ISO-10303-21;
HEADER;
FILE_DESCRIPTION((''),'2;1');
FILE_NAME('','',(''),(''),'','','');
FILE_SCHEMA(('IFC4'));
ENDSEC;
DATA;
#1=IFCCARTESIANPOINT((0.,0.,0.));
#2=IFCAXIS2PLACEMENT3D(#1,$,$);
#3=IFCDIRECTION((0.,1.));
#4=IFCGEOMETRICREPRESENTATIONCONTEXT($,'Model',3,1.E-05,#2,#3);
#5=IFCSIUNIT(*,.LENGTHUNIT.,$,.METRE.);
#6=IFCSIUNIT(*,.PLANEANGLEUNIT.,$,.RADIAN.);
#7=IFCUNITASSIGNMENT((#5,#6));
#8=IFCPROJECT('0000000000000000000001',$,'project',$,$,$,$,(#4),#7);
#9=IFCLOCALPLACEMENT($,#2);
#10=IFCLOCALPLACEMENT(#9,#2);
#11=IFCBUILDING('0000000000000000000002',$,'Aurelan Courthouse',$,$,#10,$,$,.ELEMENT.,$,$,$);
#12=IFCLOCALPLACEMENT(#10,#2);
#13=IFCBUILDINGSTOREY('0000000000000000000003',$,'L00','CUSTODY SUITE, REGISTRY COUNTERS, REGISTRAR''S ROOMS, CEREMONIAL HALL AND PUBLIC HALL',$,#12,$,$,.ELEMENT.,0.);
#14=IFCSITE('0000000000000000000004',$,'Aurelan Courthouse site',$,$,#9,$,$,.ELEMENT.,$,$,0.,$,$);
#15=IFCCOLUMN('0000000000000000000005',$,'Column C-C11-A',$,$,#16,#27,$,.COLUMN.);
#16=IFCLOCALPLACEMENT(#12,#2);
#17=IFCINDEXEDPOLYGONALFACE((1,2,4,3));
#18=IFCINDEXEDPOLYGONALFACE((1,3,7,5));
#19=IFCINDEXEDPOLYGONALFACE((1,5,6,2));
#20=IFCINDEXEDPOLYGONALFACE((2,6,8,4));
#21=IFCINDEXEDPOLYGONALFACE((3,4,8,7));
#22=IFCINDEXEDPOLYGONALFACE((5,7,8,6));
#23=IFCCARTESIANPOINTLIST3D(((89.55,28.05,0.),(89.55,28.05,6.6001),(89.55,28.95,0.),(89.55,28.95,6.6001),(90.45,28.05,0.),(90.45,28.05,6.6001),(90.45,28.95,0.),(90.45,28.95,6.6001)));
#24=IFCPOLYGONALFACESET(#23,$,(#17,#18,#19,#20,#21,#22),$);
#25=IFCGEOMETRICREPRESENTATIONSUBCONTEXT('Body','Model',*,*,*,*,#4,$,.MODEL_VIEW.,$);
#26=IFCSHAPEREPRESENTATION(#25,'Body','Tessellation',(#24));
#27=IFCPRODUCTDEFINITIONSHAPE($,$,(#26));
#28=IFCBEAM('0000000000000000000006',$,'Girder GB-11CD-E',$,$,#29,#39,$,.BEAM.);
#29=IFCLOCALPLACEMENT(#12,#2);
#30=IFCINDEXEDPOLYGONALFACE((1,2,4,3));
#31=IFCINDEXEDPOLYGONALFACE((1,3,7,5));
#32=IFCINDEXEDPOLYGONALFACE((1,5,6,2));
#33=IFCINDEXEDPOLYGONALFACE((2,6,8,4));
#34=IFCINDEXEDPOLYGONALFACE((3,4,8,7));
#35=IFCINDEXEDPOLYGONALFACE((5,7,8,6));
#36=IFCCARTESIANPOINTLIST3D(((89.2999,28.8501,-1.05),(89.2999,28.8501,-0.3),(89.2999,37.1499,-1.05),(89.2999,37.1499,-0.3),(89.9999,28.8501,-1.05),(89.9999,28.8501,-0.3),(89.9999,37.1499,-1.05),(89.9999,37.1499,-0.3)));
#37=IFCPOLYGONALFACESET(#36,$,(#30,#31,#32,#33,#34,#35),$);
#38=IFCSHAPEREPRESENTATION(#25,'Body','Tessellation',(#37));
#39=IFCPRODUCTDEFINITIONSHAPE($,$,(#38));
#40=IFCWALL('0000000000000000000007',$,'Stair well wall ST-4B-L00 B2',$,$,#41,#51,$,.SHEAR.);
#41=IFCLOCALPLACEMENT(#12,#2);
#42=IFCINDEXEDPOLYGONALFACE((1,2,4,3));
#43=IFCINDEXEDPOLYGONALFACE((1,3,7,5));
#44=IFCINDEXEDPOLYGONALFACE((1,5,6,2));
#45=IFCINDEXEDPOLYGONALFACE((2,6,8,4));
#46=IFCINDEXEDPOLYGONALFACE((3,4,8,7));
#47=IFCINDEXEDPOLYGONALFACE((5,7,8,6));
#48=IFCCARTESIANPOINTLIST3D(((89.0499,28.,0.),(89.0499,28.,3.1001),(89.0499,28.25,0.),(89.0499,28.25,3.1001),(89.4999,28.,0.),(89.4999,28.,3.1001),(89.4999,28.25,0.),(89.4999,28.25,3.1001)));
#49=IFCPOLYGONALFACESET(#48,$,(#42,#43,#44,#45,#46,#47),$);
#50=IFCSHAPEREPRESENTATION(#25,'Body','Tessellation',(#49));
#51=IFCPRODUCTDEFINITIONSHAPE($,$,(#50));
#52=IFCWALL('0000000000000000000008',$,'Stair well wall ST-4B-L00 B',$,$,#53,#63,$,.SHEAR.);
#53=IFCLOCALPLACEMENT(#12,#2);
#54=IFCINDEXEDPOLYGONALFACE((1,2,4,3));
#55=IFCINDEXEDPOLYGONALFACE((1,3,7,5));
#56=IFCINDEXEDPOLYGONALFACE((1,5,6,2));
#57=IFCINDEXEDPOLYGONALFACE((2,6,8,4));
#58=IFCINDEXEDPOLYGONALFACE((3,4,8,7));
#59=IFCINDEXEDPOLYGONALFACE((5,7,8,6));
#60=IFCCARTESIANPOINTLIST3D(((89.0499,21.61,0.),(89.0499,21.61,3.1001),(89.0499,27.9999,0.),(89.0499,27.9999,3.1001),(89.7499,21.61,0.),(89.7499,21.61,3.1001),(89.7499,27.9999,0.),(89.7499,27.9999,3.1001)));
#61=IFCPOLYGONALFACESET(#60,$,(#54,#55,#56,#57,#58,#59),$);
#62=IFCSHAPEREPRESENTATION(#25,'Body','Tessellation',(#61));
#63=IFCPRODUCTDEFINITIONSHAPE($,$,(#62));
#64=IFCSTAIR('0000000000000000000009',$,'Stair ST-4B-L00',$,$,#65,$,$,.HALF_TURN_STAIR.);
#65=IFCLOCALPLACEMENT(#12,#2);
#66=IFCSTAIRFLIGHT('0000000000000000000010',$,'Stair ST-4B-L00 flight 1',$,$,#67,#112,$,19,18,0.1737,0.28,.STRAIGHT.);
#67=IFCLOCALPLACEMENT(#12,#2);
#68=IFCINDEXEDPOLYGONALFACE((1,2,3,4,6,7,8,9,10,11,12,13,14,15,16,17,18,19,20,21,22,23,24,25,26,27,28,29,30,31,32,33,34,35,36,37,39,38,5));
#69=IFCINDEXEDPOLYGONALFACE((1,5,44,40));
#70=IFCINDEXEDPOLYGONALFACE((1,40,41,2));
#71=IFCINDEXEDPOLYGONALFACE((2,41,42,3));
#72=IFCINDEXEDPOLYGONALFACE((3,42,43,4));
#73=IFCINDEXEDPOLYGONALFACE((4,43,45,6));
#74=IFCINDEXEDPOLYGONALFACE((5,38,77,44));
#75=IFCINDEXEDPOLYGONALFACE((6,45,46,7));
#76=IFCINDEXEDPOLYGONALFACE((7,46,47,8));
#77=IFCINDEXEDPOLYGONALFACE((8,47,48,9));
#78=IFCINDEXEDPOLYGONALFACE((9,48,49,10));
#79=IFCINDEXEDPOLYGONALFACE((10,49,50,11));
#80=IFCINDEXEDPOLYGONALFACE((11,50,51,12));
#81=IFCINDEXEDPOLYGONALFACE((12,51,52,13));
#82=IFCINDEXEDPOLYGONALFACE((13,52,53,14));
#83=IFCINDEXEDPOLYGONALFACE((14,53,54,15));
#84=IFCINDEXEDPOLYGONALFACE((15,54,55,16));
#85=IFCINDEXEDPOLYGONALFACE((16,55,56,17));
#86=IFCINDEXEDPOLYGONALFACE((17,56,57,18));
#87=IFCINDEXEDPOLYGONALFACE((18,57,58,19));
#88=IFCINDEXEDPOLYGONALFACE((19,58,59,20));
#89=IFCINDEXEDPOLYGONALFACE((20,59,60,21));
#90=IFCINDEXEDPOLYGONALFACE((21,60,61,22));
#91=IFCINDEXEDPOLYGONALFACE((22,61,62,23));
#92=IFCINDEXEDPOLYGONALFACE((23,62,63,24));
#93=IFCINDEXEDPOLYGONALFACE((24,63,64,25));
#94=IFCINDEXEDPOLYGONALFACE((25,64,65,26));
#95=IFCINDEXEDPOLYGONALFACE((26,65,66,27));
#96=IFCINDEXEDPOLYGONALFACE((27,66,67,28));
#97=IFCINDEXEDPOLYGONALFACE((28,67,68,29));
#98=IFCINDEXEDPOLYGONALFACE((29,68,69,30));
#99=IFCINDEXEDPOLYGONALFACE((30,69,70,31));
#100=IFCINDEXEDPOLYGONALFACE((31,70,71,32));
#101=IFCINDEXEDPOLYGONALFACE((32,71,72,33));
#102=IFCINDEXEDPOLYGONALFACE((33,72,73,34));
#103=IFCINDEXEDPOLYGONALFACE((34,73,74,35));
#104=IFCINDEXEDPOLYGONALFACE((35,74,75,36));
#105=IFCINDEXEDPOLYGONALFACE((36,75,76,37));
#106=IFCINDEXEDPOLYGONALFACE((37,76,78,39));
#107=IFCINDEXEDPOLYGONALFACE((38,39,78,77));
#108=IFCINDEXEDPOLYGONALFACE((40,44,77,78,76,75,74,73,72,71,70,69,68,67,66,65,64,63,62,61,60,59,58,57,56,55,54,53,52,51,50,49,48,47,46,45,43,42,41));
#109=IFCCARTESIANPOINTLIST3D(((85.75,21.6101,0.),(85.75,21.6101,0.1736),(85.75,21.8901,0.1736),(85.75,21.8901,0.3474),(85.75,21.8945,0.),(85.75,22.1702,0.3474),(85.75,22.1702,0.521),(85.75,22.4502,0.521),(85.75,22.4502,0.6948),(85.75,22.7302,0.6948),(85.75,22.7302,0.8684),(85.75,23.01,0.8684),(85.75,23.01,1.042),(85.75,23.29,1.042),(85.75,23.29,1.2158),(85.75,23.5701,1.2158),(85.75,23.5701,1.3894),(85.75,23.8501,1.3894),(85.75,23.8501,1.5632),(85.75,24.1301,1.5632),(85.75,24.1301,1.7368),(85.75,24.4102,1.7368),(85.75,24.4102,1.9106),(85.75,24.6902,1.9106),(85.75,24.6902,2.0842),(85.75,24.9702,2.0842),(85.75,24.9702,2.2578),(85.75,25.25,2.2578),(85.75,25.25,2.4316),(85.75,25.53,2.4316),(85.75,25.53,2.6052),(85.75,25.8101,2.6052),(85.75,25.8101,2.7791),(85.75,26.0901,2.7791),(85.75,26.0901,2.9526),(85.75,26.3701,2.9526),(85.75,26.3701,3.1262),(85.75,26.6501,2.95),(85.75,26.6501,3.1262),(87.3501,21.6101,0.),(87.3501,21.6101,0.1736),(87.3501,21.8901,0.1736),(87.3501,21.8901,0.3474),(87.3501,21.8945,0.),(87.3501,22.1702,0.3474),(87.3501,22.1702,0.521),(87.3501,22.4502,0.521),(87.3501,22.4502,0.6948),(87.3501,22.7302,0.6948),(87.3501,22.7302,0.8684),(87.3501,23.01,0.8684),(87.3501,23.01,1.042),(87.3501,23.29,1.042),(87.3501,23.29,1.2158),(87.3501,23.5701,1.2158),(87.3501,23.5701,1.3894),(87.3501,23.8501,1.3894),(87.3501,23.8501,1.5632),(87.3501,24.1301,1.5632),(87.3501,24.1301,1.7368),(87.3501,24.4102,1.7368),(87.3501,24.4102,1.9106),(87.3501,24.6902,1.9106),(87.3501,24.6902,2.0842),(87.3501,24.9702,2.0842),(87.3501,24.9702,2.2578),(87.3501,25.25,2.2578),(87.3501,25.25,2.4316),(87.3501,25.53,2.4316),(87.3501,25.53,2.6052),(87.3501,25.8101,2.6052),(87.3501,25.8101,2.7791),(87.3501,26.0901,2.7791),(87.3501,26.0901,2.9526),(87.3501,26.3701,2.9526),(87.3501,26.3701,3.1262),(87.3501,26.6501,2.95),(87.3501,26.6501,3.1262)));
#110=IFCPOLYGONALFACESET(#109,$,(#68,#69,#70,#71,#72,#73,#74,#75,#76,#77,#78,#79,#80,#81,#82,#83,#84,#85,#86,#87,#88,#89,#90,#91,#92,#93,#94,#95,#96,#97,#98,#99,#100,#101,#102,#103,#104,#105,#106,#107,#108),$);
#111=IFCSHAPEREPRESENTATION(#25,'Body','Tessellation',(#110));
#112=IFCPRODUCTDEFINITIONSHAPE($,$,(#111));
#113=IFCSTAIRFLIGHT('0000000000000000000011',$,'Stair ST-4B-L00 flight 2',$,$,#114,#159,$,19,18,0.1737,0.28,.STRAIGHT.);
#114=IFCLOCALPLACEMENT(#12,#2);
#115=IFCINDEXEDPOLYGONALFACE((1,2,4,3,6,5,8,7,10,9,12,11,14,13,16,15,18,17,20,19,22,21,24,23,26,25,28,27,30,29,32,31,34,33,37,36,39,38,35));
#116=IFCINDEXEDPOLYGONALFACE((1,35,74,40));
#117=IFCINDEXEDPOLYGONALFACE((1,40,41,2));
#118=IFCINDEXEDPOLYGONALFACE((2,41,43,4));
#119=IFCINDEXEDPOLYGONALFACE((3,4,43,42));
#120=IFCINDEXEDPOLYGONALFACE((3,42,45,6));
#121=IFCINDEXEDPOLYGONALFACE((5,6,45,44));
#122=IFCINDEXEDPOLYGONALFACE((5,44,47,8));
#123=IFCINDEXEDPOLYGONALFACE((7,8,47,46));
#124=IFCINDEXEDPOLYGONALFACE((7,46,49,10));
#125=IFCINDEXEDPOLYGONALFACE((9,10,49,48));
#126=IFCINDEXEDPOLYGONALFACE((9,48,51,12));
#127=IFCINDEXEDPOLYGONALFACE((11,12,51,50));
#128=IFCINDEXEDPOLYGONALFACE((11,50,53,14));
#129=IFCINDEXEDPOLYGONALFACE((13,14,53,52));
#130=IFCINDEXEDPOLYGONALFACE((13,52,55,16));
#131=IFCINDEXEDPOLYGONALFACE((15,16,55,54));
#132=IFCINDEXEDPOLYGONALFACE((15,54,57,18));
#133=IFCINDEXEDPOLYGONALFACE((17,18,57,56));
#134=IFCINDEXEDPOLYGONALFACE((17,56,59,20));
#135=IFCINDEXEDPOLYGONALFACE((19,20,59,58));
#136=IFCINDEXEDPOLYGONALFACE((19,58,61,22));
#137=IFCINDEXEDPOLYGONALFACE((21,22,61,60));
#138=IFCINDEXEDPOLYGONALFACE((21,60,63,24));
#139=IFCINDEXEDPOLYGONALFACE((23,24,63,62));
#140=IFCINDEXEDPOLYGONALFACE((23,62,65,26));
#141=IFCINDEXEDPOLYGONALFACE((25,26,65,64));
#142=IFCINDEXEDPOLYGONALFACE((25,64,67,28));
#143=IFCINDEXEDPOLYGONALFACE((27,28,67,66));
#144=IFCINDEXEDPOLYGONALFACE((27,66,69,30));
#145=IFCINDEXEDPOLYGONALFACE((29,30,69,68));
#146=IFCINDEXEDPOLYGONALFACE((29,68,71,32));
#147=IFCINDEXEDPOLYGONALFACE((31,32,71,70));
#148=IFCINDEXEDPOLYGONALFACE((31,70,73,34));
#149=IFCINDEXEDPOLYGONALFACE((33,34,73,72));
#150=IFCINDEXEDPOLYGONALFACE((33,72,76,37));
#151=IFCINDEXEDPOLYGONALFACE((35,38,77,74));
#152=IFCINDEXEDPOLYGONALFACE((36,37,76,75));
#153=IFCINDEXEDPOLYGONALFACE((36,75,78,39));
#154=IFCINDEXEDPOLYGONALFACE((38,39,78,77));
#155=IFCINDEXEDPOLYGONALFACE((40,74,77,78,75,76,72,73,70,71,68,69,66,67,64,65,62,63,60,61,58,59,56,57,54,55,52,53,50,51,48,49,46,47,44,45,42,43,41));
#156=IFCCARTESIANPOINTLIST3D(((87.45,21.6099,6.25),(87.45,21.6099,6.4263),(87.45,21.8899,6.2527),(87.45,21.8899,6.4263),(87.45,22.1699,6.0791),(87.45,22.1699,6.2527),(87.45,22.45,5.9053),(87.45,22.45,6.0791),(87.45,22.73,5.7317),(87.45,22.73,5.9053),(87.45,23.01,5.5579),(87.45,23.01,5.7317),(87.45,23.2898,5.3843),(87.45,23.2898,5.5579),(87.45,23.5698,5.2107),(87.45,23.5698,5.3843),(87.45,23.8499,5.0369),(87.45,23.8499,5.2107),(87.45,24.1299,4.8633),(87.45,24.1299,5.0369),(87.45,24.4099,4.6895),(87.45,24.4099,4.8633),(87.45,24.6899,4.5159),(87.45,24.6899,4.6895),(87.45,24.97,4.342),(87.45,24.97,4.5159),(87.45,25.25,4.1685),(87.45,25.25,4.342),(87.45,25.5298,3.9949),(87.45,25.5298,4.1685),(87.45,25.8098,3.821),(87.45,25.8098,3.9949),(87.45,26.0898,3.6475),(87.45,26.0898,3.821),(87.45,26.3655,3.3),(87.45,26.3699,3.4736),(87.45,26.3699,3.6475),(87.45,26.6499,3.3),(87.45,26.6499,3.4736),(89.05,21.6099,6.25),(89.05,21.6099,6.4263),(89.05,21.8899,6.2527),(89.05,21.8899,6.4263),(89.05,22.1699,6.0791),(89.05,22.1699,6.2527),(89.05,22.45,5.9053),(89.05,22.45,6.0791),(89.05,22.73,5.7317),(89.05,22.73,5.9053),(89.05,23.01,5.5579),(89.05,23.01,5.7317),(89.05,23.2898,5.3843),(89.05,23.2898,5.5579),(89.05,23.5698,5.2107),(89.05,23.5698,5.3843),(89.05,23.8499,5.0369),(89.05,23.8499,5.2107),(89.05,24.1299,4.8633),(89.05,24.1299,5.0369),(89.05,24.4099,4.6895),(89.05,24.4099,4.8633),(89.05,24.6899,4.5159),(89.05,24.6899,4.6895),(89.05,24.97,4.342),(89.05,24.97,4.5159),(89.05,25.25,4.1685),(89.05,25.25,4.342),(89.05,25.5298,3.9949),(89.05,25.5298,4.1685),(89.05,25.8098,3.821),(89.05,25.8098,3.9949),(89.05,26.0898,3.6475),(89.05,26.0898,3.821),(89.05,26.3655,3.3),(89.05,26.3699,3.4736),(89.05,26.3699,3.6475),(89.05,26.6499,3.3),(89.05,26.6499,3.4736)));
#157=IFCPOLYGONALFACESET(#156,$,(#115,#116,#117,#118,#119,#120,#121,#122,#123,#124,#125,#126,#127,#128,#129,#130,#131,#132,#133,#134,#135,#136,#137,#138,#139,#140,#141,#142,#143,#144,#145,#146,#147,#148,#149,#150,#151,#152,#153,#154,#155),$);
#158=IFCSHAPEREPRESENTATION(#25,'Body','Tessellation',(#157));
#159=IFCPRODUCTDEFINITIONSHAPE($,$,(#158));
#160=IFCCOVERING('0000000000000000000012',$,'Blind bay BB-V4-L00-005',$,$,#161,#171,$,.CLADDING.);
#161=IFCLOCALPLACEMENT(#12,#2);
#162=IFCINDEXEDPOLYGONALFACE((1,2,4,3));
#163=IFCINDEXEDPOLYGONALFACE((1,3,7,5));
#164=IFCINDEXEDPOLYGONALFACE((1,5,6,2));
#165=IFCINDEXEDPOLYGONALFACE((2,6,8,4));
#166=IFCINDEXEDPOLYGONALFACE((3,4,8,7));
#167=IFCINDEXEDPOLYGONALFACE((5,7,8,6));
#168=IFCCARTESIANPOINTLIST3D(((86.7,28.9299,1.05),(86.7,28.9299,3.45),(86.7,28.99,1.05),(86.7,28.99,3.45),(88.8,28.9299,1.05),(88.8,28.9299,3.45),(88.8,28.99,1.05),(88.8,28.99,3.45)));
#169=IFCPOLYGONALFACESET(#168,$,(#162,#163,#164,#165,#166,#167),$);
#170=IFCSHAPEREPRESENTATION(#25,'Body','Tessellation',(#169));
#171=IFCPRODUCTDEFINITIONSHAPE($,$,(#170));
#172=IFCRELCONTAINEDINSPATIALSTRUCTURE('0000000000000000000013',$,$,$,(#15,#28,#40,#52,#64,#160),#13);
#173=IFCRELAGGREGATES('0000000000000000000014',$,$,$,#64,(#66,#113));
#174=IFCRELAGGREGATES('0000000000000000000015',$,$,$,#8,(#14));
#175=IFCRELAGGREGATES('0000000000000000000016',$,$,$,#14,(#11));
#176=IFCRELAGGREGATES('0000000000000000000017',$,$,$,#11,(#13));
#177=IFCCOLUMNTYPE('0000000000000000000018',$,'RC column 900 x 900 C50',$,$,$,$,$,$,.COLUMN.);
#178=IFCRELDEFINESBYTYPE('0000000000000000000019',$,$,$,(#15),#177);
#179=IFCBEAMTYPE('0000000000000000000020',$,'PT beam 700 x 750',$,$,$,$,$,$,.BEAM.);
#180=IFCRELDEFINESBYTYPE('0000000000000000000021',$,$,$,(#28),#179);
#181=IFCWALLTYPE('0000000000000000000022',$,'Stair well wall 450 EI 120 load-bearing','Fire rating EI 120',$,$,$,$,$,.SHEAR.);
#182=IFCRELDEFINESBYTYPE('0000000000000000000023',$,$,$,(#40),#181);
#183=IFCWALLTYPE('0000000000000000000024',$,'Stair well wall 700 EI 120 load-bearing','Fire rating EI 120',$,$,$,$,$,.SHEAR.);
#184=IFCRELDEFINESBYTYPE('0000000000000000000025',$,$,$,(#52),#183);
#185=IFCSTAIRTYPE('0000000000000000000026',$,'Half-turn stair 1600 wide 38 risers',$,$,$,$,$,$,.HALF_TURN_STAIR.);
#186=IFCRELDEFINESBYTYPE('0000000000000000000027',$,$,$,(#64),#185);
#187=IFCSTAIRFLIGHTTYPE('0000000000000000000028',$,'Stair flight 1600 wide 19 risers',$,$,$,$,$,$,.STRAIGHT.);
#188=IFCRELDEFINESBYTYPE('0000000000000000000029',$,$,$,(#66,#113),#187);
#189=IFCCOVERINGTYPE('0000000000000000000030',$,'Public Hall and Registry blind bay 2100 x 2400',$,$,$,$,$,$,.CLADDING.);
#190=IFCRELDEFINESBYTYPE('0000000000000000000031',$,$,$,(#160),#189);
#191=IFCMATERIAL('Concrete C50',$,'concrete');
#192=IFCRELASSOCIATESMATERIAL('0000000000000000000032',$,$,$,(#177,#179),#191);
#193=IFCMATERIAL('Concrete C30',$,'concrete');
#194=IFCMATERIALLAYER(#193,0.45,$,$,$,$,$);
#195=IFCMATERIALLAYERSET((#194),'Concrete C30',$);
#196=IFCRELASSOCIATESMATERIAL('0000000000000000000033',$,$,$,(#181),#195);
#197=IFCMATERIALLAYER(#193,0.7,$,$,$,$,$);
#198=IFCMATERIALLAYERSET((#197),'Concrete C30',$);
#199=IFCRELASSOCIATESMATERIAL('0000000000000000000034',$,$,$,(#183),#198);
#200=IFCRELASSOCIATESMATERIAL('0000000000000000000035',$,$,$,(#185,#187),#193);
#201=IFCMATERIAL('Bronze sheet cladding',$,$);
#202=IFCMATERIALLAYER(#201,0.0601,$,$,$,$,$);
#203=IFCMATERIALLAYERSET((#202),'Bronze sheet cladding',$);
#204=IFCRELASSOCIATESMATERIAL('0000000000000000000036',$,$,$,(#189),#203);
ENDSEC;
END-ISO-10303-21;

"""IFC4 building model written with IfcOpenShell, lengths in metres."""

from ifc_helpers import new_model, si_unit, direction, frame, frame_2d, origin, origin_2d, place, context, subcontext, project, spatial, polyline, rectangle, outline, extrude, material, layer, layer_set, material_profile, profile_set, type_object, element, aggregate, save


model = new_model("IFC4")

# Units and contexts
model_context = context("Model", 3, precision=1e-05, world=origin(), true_north=direction((0.0, 1.0)))
body_context = subcontext(model_context, "Body", "Model", "MODEL_VIEW")
ifc_project = project(units=[si_unit("LENGTHUNIT", "METRE"), si_unit("PLANEANGLEUNIT", "RADIAN")], contexts=[model_context])

# Site, building, storey
site_placement = place(None, origin())
site = spatial("IfcSite", under=ifc_project, at=site_placement, Name="Aurelan Courthouse site", CompositionType="ELEMENT", RefElevation=0.0)
building_placement = place(site_placement, origin())
building = spatial("IfcBuilding", under=site, at=building_placement, Name="Aurelan Courthouse", CompositionType="ELEMENT")
storey_placement = place(building_placement, origin())
storey = spatial("IfcBuildingStorey", under=building, at=storey_placement, Name="L00", Description="CUSTODY SUITE, REGISTRY COUNTERS, REGISTRAR'S ROOMS, CEREMONIAL HALL AND PUBLIC HALL", CompositionType="ELEMENT", Elevation=0.0)

# Column
ifc_material_1 = material(Name="Concrete C50", Category="concrete")
ifc_material_profile_1 = material_profile(ifc_material_1, rectangle(XDim=0.8999, YDim=0.8999, at=origin_2d()), Name="RC 900 x 900")
ifc_profile_set_1 = profile_set([ifc_material_profile_1], Name="Concrete C50")
column_type = type_object("IfcColumnType", Name="RC column 900 x 900 C50", PredefinedType="COLUMN", material=ifc_profile_set_1)
column_placement = place(storey_placement, frame((90.0, 28.5, 0.0), z_axis=(0.0, 0.0, 1.0), x_axis=(1.0, 0.0, 0.0)))
element("IfcColumn", 1, at=column_placement, inside=storey, type_object=column_type, Name="Column C-C11-A", PredefinedType="COLUMN", context=body_context, shape_type="SweptSolid", body=[
    extrude(rectangle(XDim=0.8999, YDim=0.8999, at=origin_2d()), origin(), (0.0, 0.0, 1.0), 6.6001),
])

# Beam
ifc_material_profile_2 = material_profile(ifc_material_1, rectangle(XDim=0.7, YDim=0.75, at=origin_2d()), Name="RC 700 x 750")
ifc_profile_set_2 = profile_set([ifc_material_profile_2], Name="Concrete C50")
beam_type = type_object("IfcBeamType", Name="PT beam 700 x 750", PredefinedType="BEAM", material=ifc_profile_set_2)
beam_placement = place(storey_placement, frame((89.6499, 28.8501, -0.675), z_axis=(0.0, 1.0, 0.0), x_axis=(-1.0, 0.0, 0.0)))
element("IfcBeam", 2, at=beam_placement, inside=storey, type_object=beam_type, Name="Girder GB-11CD-E", PredefinedType="BEAM", context=body_context, shape_type="SweptSolid", body=[
    extrude(rectangle(XDim=0.7, YDim=0.75, at=origin_2d()), origin(), (0.0, 0.0, 1.0), 8.2998),
])

# Walls
ifc_material_2 = material(Name="Concrete C30", Category="concrete")
ifc_layer_1 = layer(ifc_material_2, 0.45)
ifc_layer_set_1 = layer_set([ifc_layer_1], Name="Concrete C30")
wall_type_1 = type_object("IfcWallType", Name="Stair well wall 450 EI 120 load-bearing", Description="Fire rating EI 120", PredefinedType="SHEAR", material=ifc_layer_set_1)
wall_1_placement = place(storey_placement, frame((89.2749, 28.0, 0.0), z_axis=(0.0, 0.0, 1.0), x_axis=(0.0, 1.0, 0.0)))
element("IfcWall", 3, at=wall_1_placement, inside=storey, type_object=wall_type_1, Name="Stair well wall ST-4B-L00 B2", PredefinedType="SHEAR", context=body_context, shape_type="SweptSolid", body=[
    extrude(rectangle(XDim=0.25, YDim=0.45, at=frame_2d((0.125, 0.0))), origin(), (0.0, 0.0, 1.0), 3.1001),
])
ifc_layer_2 = layer(ifc_material_2, 0.7)
ifc_layer_set_2 = layer_set([ifc_layer_2], Name="Concrete C30")
wall_type_2 = type_object("IfcWallType", Name="Stair well wall 700 EI 120 load-bearing", Description="Fire rating EI 120", PredefinedType="SHEAR", material=ifc_layer_set_2)
wall_2_placement = place(storey_placement, frame((89.3999, 21.6101, 0.0), z_axis=(0.0, 0.0, 1.0), x_axis=(0.0, 1.0, 0.0)))
element("IfcWall", 4, at=wall_2_placement, inside=storey, type_object=wall_type_2, Name="Stair well wall ST-4B-L00 B", PredefinedType="SHEAR", context=body_context, shape_type="SweptSolid", body=[
    extrude(rectangle(XDim=6.3899, YDim=0.7, at=frame_2d((3.1948, 0.0))), origin(), (0.0, 0.0, 1.0), 3.1001),
])

# Stair, stair flights
stair_type = type_object("IfcStairType", Name="Half-turn stair 1600 wide 38 risers", PredefinedType="HALF_TURN_STAIR", material=ifc_material_2)
stair_placement = place(storey_placement, origin())
stair = element("IfcStair", 5, at=stair_placement, inside=storey, type_object=stair_type, Name="Stair ST-4B-L00", PredefinedType="HALF_TURN_STAIR")
stair_flight_type = type_object("IfcStairFlightType", Name="Stair flight 1600 wide 19 risers", PredefinedType="STRAIGHT", material=ifc_material_2)
stair_flight_1_placement = place(storey_placement, frame((86.55, 21.6101, 0.0), z_axis=(0.0, 0.0, 1.0), x_axis=(0.0, 1.0, 0.0)))
stair_flight_1 = element("IfcStairFlight", 6, at=stair_flight_1_placement, type_object=stair_flight_type, Name="Stair ST-4B-L00 flight 1", NumberOfRisers=19, NumberOfTreads=18, PredefinedType="STRAIGHT", RiserHeight=0.1737, TreadLength=0.28, context=body_context, shape_type="SweptSolid", body=[
    extrude(outline(polyline([(0.0, 0.0), (0.0, 0.1736), (0.28, 0.1736), (0.28, 0.3474), (0.5601, 0.3474), (0.5601, 0.521), (0.8401, 0.521), (0.8401, 0.6948), (1.1201, 0.6948), (1.1201, 0.8684), (1.3999, 0.8684), (1.3999, 1.042), (1.6799, 1.042), (1.6799, 1.2158), (1.96, 1.2158), (1.96, 1.3894), (2.24, 1.3894), (2.24, 1.5632), (2.52, 1.5632), (2.52, 1.7368), (2.8, 1.7368), (2.8, 1.9106), (3.0801, 1.9106), (3.0801, 2.0842), (3.3601, 2.0842), (3.3601, 2.2578), (3.6399, 2.2578), (3.6399, 2.4316), (3.9199, 2.4316), (3.9199, 2.6052), (4.2, 2.6052), (4.2, 2.7791), (4.48, 2.7791), (4.48, 2.9526), (4.76, 2.9526), (4.76, 3.1262), (5.04, 3.1262), (5.04, 3.3), (5.04, 2.95), (0.2844, 0.0), (0.0, 0.0)])), frame((0.0, 0.8, 0.0), z_axis=(0.0, -1.0, 0.0), x_axis=(1.0, 0.0, 0.0)), (0.0, 0.0, 1.0), 1.6001),
])
stair_flight_2_placement = place(storey_placement, frame((88.25, 26.6499, 3.3), z_axis=(0.0, 0.0, 1.0), x_axis=(0.0, -1.0, 0.0)))
stair_flight_2 = element("IfcStairFlight", 7, at=stair_flight_2_placement, type_object=stair_flight_type, Name="Stair ST-4B-L00 flight 2", NumberOfRisers=19, NumberOfTreads=18, PredefinedType="STRAIGHT", RiserHeight=0.1737, TreadLength=0.28, context=body_context, shape_type="SweptSolid", body=[
    extrude(outline(polyline([(0.0, 0.0), (0.0, 0.1736), (0.28, 0.1736), (0.28, 0.3474), (0.5601, 0.3474), (0.5601, 0.521), (0.8401, 0.521), (0.8401, 0.6948), (1.1201, 0.6948), (1.1201, 0.8684), (1.3999, 0.8684), (1.3999, 1.042), (1.6799, 1.042), (1.6799, 1.2158), (1.96, 1.2158), (1.96, 1.3894), (2.24, 1.3894), (2.24, 1.5632), (2.52, 1.5632), (2.52, 1.7368), (2.8, 1.7368), (2.8, 1.9106), (3.0801, 1.9106), (3.0801, 2.0842), (3.3601, 2.0842), (3.3601, 2.2578), (3.6399, 2.2578), (3.6399, 2.4316), (3.9199, 2.4316), (3.9199, 2.6052), (4.2, 2.6052), (4.2, 2.7791), (4.48, 2.7791), (4.48, 2.9526), (4.76, 2.9526), (4.76, 3.1262), (5.04, 3.1262), (5.04, 3.3), (5.04, 2.95), (0.2844, 0.0), (0.0, 0.0)])), frame((0.0, 0.8, 0.0), z_axis=(0.0, -1.0, 0.0), x_axis=(1.0, 0.0, 0.0)), (0.0, 0.0, 1.0), 1.6001),
])
aggregate(stair, [stair_flight_1, stair_flight_2])

# Covering
ifc_material_3 = material(Name="Bronze sheet cladding")
ifc_layer_3 = layer(ifc_material_3, 0.0601)
ifc_layer_set_3 = layer_set([ifc_layer_3], Name="Bronze sheet cladding")
covering_type_1 = type_object("IfcCoveringType", Name="Public Hall and Registry blind bay 2100 x 2400", PredefinedType="CLADDING", material=ifc_layer_set_3)
covering_1_placement = place(storey_placement, frame((87.75, 28.96, 1.05), z_axis=(0.0, 0.0, 1.0), x_axis=(1.0, 0.0, 0.0)))
element("IfcCovering", 8, at=covering_1_placement, inside=storey, type_object=covering_type_1, Name="Blind bay BB-V4-L00-005", PredefinedType="CLADDING", context=body_context, shape_type="SweptSolid", body=[
    extrude(rectangle(XDim=2.1001, YDim=0.0601, at=origin_2d()), origin(), (0.0, 0.0, 1.0), 2.3999),
])

save(model, "model.ifc")
